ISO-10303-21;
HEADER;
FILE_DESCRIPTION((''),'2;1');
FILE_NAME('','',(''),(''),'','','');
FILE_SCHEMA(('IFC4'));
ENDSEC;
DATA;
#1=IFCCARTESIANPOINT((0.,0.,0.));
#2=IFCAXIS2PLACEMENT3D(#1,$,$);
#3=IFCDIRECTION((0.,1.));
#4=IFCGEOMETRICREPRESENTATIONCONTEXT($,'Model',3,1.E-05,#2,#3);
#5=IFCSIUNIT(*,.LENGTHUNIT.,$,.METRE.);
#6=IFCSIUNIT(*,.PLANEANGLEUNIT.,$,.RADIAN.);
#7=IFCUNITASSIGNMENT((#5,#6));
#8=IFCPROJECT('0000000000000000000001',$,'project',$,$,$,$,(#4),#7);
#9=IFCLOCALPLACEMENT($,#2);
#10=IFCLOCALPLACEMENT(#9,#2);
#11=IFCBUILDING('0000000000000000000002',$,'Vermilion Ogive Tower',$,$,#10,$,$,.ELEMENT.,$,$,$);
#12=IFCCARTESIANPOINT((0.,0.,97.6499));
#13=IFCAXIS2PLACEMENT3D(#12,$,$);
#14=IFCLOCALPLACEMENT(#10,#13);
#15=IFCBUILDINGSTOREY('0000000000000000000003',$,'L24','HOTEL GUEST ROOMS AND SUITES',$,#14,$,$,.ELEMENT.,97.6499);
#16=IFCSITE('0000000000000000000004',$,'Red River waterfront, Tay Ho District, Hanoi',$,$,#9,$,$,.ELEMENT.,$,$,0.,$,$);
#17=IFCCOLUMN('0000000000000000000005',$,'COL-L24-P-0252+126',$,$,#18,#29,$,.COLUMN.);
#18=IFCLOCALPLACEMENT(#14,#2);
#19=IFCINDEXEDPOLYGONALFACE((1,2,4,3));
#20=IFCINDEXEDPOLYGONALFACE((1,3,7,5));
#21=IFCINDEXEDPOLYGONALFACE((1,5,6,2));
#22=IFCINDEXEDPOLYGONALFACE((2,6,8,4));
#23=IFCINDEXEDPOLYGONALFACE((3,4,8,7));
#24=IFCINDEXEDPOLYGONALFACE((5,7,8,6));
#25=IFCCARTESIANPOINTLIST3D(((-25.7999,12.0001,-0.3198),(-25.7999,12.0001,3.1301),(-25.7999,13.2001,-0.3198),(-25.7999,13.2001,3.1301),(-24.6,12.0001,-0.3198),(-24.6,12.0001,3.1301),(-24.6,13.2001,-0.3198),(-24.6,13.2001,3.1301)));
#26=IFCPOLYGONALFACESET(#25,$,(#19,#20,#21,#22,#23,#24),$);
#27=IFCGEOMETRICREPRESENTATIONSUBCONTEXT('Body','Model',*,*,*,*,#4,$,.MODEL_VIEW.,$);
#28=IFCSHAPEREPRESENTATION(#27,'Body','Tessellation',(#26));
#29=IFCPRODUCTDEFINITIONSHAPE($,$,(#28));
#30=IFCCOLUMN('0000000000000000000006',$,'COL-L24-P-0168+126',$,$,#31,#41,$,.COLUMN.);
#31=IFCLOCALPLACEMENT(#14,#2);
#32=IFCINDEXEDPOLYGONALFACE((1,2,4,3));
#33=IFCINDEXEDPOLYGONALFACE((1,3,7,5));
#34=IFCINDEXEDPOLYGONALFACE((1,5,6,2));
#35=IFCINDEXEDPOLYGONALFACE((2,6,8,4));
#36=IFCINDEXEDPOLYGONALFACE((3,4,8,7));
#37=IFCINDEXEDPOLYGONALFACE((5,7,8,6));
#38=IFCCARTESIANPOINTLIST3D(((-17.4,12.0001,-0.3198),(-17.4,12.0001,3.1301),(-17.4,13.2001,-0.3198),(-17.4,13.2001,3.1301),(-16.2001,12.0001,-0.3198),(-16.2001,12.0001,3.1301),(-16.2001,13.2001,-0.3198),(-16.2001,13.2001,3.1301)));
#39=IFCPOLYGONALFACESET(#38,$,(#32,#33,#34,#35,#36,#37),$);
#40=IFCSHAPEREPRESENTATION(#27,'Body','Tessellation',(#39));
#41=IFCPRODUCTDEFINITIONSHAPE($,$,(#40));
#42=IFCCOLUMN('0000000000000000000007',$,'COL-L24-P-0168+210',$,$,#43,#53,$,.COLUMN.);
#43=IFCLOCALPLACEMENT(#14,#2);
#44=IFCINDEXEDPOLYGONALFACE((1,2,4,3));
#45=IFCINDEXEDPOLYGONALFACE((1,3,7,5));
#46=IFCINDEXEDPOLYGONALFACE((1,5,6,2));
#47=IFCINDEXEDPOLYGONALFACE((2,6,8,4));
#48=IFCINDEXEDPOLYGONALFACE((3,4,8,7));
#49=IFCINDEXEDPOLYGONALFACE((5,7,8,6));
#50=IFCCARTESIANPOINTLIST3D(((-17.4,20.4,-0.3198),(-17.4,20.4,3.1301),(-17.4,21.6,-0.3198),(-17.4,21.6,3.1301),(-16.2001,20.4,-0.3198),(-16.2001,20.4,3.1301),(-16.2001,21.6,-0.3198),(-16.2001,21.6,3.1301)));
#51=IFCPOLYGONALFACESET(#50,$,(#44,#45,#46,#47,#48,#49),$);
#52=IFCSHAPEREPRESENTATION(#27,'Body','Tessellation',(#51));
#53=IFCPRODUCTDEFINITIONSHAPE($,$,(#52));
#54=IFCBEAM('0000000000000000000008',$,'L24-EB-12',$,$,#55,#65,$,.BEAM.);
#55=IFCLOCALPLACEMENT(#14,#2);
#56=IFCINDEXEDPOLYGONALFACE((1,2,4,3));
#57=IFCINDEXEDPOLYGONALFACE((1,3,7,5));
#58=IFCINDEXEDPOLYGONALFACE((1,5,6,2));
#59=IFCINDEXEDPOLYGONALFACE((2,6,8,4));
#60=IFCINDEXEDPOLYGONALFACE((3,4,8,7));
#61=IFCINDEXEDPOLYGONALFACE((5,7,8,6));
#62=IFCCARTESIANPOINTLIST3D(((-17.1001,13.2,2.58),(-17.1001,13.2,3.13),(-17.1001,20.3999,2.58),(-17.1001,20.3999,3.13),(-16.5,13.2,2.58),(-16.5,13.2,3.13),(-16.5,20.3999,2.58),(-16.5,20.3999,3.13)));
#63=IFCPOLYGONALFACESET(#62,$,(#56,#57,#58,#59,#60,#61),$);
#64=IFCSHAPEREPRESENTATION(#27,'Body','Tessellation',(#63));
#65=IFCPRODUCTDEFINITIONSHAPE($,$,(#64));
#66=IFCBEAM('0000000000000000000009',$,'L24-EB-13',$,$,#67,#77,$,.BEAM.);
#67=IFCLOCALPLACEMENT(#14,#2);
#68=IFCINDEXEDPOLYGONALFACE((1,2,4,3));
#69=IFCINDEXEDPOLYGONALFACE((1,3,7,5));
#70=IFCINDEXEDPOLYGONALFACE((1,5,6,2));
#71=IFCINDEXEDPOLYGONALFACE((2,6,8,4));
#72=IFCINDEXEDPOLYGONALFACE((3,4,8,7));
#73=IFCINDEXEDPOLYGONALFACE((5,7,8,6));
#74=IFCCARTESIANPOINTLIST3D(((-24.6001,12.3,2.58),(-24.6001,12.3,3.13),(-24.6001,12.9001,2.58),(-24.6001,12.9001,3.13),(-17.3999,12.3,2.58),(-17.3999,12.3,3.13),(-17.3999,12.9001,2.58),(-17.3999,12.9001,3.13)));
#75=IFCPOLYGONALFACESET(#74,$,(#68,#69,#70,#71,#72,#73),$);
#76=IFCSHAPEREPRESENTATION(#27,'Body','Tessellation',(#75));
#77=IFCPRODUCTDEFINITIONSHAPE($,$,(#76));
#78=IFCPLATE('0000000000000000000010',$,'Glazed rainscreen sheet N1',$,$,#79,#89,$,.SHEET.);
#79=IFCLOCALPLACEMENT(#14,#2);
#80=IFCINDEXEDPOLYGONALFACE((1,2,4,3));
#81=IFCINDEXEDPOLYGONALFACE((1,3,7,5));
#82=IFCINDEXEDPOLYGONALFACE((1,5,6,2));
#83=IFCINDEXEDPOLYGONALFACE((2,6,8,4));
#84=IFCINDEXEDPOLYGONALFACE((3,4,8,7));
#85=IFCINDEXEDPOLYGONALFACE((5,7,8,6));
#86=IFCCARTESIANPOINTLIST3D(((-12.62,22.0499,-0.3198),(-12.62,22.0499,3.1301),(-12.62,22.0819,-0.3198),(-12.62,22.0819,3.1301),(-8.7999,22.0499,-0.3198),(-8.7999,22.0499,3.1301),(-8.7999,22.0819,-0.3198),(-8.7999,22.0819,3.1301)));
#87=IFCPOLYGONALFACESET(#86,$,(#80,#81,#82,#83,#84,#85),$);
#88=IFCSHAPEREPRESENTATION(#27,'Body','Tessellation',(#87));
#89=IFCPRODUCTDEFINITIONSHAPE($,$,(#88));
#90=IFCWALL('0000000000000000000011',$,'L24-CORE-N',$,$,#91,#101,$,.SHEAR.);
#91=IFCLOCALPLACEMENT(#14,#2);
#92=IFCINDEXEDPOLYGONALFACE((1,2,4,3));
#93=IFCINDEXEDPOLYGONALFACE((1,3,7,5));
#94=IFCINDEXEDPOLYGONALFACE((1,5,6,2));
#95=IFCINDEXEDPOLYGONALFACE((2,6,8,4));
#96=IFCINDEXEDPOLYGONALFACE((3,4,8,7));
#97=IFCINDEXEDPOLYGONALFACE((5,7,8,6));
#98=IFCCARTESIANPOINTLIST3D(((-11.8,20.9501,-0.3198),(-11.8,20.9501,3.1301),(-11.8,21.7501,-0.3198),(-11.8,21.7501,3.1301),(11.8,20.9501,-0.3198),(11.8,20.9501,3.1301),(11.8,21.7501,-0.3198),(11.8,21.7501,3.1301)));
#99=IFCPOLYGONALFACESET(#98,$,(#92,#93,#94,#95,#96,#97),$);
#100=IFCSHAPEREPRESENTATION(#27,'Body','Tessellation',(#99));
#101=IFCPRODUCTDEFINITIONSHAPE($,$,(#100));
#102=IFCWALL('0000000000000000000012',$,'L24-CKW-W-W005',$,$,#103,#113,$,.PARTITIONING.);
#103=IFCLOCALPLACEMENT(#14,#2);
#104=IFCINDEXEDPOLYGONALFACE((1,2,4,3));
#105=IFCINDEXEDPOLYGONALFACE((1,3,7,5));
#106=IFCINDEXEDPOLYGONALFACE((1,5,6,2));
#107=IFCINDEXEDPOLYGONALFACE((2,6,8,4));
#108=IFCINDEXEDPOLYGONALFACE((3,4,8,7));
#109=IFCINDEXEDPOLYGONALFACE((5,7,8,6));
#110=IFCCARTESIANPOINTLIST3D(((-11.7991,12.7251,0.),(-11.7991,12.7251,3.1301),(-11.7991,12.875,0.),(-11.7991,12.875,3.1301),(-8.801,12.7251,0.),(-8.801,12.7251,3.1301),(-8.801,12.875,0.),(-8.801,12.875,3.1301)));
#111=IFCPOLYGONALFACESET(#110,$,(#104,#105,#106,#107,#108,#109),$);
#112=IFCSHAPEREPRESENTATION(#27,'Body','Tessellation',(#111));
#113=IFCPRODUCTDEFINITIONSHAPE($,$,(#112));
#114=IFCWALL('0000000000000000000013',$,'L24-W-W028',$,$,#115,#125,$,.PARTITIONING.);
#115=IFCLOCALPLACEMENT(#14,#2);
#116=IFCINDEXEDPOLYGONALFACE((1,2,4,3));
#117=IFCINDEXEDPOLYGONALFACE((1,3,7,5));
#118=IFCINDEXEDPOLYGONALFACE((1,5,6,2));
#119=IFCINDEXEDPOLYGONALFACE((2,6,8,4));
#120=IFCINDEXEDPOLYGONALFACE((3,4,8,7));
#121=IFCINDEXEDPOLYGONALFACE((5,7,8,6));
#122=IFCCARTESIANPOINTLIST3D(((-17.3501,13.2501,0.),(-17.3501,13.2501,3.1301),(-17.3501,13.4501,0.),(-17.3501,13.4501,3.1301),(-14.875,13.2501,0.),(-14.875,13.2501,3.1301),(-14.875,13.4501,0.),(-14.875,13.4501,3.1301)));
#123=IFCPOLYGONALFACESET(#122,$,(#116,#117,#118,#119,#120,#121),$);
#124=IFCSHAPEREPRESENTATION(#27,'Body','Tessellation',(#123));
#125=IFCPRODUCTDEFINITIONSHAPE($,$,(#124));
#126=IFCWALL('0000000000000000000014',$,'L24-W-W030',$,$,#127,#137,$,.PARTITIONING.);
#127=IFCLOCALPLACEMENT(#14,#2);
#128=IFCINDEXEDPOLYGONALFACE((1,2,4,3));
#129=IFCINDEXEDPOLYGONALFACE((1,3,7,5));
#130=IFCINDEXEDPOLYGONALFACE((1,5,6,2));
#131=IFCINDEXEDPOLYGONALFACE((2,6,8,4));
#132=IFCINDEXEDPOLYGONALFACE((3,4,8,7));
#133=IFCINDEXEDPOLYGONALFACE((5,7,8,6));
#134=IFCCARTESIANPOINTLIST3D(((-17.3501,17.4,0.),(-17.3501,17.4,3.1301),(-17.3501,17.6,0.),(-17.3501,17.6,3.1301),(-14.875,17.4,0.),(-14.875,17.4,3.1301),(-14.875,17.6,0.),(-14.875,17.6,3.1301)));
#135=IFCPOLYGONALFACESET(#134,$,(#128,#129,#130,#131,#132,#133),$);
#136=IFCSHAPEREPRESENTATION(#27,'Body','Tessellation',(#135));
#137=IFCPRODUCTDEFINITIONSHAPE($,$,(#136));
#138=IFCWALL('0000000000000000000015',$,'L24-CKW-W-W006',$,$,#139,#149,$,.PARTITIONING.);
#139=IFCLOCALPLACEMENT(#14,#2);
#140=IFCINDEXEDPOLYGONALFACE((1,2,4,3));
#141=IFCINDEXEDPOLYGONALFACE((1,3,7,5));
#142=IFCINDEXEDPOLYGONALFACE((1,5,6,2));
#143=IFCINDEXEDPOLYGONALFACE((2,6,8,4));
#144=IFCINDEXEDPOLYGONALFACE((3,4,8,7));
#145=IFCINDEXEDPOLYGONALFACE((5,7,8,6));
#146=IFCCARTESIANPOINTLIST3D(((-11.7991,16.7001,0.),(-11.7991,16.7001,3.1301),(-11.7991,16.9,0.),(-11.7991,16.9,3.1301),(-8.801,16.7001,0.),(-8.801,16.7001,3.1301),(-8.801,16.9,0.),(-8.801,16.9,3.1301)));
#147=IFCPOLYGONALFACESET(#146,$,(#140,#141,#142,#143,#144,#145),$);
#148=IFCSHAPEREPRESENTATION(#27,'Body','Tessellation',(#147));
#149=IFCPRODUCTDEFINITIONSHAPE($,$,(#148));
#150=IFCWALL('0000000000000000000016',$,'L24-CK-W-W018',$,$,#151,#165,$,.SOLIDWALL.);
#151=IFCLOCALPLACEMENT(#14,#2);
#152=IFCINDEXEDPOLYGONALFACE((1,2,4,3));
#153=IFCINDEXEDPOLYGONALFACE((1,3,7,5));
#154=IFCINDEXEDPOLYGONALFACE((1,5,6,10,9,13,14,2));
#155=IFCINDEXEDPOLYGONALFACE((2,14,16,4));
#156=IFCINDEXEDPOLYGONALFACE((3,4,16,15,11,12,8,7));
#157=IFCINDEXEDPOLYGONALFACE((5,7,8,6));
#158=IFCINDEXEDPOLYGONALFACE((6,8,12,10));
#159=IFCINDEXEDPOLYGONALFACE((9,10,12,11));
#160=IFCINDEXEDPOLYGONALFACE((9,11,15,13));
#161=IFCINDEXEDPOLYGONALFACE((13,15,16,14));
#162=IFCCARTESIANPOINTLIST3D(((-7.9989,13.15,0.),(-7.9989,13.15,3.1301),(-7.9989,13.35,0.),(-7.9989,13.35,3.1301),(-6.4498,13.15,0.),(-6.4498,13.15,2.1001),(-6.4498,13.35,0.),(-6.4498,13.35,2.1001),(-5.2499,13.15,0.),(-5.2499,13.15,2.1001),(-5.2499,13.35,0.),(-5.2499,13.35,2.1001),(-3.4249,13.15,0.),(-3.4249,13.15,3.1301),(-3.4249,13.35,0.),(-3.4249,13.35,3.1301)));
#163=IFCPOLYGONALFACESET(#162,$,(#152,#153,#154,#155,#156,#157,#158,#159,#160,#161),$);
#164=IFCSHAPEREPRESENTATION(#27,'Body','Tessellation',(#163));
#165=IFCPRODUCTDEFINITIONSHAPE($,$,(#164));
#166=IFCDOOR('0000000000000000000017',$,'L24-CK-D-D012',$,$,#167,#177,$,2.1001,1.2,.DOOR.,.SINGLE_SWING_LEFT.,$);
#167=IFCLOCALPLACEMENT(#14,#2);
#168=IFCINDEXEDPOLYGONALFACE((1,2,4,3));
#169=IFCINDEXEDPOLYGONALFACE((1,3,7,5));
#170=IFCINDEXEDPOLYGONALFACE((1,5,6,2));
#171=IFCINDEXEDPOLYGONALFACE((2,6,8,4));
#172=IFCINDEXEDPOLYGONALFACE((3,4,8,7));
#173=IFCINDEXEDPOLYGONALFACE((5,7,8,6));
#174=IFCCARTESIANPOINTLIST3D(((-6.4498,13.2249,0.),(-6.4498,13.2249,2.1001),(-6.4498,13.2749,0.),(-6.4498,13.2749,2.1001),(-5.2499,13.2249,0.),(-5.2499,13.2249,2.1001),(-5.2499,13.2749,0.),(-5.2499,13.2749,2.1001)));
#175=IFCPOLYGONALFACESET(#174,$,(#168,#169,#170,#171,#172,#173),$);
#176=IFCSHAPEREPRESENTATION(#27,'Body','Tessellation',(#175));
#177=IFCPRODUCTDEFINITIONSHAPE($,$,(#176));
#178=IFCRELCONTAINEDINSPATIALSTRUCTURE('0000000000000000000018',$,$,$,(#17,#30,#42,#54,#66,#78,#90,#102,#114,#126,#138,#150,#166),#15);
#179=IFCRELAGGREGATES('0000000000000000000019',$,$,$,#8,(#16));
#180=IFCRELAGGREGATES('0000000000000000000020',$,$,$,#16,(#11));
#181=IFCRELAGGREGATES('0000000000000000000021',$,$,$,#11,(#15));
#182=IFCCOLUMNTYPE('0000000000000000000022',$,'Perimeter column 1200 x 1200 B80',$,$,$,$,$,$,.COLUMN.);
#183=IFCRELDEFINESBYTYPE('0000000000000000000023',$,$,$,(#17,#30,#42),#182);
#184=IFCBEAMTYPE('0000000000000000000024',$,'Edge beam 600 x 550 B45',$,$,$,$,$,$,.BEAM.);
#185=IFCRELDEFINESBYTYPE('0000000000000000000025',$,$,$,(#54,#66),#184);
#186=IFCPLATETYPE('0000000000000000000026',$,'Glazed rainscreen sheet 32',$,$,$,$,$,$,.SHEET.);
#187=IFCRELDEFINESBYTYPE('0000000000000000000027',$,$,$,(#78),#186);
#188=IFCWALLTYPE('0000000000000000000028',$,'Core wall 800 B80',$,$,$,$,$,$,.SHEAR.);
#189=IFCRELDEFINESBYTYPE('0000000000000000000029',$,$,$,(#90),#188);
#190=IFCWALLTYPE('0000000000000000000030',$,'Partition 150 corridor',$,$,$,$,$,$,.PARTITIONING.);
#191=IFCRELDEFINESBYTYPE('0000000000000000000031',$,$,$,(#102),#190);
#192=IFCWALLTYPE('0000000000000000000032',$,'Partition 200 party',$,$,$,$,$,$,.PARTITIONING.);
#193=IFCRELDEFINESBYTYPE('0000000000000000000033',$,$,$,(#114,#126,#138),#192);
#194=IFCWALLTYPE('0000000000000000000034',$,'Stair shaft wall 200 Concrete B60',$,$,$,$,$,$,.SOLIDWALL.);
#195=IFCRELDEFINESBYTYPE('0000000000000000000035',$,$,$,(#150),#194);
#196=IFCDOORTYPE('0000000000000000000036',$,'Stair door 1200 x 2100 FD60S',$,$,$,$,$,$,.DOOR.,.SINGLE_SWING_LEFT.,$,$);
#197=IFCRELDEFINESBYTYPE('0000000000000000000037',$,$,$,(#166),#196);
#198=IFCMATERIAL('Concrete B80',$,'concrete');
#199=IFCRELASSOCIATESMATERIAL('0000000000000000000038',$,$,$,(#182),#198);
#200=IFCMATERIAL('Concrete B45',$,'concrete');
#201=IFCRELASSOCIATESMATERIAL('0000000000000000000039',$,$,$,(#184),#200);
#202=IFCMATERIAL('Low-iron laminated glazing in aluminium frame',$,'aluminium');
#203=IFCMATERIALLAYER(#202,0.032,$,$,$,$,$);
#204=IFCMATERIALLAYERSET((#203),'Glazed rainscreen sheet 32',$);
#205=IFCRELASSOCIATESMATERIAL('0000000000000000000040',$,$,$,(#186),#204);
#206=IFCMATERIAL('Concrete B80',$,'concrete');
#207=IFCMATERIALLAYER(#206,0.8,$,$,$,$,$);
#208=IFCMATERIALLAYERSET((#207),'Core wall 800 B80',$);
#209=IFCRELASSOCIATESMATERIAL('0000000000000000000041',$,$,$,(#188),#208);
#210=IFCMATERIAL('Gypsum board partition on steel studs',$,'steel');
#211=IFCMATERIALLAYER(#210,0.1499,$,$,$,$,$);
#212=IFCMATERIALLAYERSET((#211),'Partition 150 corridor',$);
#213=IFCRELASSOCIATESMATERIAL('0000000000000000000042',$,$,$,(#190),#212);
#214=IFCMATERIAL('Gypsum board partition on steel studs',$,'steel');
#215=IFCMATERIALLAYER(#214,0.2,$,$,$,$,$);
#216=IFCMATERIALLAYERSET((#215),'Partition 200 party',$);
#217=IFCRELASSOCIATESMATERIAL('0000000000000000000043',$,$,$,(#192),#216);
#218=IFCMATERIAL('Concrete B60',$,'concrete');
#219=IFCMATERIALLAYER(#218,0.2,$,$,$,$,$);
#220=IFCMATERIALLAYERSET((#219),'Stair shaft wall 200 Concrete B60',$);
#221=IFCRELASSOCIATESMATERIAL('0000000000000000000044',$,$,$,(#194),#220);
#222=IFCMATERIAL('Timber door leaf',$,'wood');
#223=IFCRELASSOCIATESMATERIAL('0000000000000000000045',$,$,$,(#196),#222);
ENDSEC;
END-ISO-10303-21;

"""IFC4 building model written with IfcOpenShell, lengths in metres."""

from ifc_helpers import new_model, si_unit, direction, frame, frame_2d, origin, origin_2d, place, context, subcontext, project, spatial, rectangle, extrude, material, layer, layer_set, material_profile, profile_set, type_object, element, fill, save


model = new_model("IFC4")

# Units and contexts
model_context = context("Model", 3, precision=1e-05, world=origin(), true_north=direction((0.0, 1.0)))
body_context = subcontext(model_context, "Body", "Model", "MODEL_VIEW")
ifc_project = project(units=[si_unit("LENGTHUNIT", "METRE"), si_unit("PLANEANGLEUNIT", "RADIAN")], contexts=[model_context])

# Site, building, storey
site_placement = place(None, origin())
site = spatial("IfcSite", under=ifc_project, at=site_placement, Name="Red River waterfront, Tay Ho District, Hanoi", CompositionType="ELEMENT", RefElevation=0.0)
building_placement = place(site_placement, origin())
building = spatial("IfcBuilding", under=site, at=building_placement, Name="Vermilion Ogive Tower", CompositionType="ELEMENT")
storey_placement = place(building_placement, frame((0.0, 0.0, 97.6499)))
storey = spatial("IfcBuildingStorey", under=building, at=storey_placement, Name="L24", Description="HOTEL GUEST ROOMS AND SUITES", CompositionType="ELEMENT", Elevation=97.6499)

# Columns
ifc_material_1 = material(Name="Concrete B80", Category="concrete")
ifc_material_profile_1 = material_profile(ifc_material_1, rectangle(XDim=1.2, YDim=1.2, at=origin_2d()), Name="1200 x 1200")
ifc_profile_set_1 = profile_set([ifc_material_profile_1], Name="Concrete B80")
column_type = type_object("IfcColumnType", Name="Perimeter column 1200 x 1200 B80", PredefinedType="COLUMN", material=ifc_profile_set_1)
for number, where, z_axis, x_axis, name in (
    (1, (-25.2, 12.6001, -0.3198), (0.0, 0.0, 1.0), (1.0, 0.0, 0.0), "COL-L24-P-0252+126"),
    (2, (-16.8, 12.6001, -0.3198), (0.0, 0.0, 1.0), (1.0, 0.0, 0.0), "COL-L24-P-0168+126"),
    (3, (-16.8, 21.0, -0.3198), (0.0, 0.0, 1.0), (1.0, 0.0, 0.0), "COL-L24-P-0168+210"),
):
    element("IfcColumn", number, at=place(storey_placement, frame(where, z_axis=z_axis, x_axis=x_axis)), inside=storey, type_object=column_type, Name=name, PredefinedType="COLUMN", context=body_context, shape_type="SweptSolid", body=[
        extrude(rectangle(XDim=1.2, YDim=1.2, at=origin_2d()), origin(), (0.0, 0.0, 1.0), 3.45),
    ])

# Beams
ifc_material_2 = material(Name="Concrete B45", Category="concrete")
ifc_material_profile_2 = material_profile(ifc_material_2, rectangle(XDim=0.6001, YDim=0.55, at=origin_2d()), Name="600 x 550")
ifc_profile_set_2 = profile_set([ifc_material_profile_2], Name="Concrete B45")
beam_type = type_object("IfcBeamType", Name="Edge beam 600 x 550 B45", PredefinedType="BEAM", material=ifc_profile_set_2)
beam_1_placement = place(storey_placement, frame((-16.8, 20.3999, 2.855), z_axis=(0.0, -1.0, 0.0), x_axis=(1.0, 0.0, 0.0)))
element("IfcBeam", 4, at=beam_1_placement, inside=storey, type_object=beam_type, Name="L24-EB-12", PredefinedType="BEAM", context=body_context, shape_type="SweptSolid", body=[
    extrude(rectangle(XDim=0.6001, YDim=0.55, at=origin_2d()), origin(), (0.0, 0.0, 1.0), 7.2),
])
beam_2_placement = place(storey_placement, frame((-17.3999, 12.6001, 2.855), z_axis=(-1.0, 0.0, 0.0), x_axis=(0.0, -1.0, 0.0)))
element("IfcBeam", 5, at=beam_2_placement, inside=storey, type_object=beam_type, Name="L24-EB-13", PredefinedType="BEAM", context=body_context, shape_type="SweptSolid", body=[
    extrude(rectangle(XDim=0.6001, YDim=0.55, at=origin_2d()), origin(), (0.0, 0.0, 1.0), 7.2002),
])

# Plate
ifc_material_3 = material(Name="Low-iron laminated glazing in aluminium frame", Category="aluminium")
ifc_layer_1 = layer(ifc_material_3, 0.032)
ifc_layer_set_1 = layer_set([ifc_layer_1], Name="Glazed rainscreen sheet 32")
plate_type = type_object("IfcPlateType", Name="Glazed rainscreen sheet 32", PredefinedType="SHEET", material=ifc_layer_set_1)
plate_placement = place(storey_placement, frame((-10.71, 22.0659, -0.3198), z_axis=(0.0, 0.0, 1.0), x_axis=(1.0, 0.0, 0.0)))
element("IfcPlate", 6, at=plate_placement, inside=storey, type_object=plate_type, Name="Glazed rainscreen sheet N1", PredefinedType="SHEET", context=body_context, shape_type="SweptSolid", body=[
    extrude(rectangle(XDim=3.8201, YDim=0.032, at=origin_2d()), origin(), (0.0, 0.0, 1.0), 3.45),
])

# Walls
ifc_material_4 = material(Name="Concrete B80", Category="concrete")
ifc_layer_2 = layer(ifc_material_4, 0.8)
ifc_layer_set_2 = layer_set([ifc_layer_2], Name="Core wall 800 B80")
wall_type_1 = type_object("IfcWallType", Name="Core wall 800 B80", PredefinedType="SHEAR", material=ifc_layer_set_2)
wall_1_placement = place(storey_placement, frame((-11.8, 21.3501, -0.3198), z_axis=(0.0, 0.0, 1.0), x_axis=(1.0, 0.0, 0.0)))
element("IfcWall", 7, at=wall_1_placement, inside=storey, type_object=wall_type_1, Name="L24-CORE-N", PredefinedType="SHEAR", context=body_context, shape_type="SweptSolid", body=[
    extrude(rectangle(XDim=23.6001, YDim=0.8, at=frame_2d((11.8, 0.0))), origin(), (0.0, 0.0, 1.0), 3.45),
])
ifc_material_5 = material(Name="Gypsum board partition on steel studs", Category="steel")
ifc_layer_3 = layer(ifc_material_5, 0.1499)
ifc_layer_set_3 = layer_set([ifc_layer_3], Name="Partition 150 corridor")
wall_type_2 = type_object("IfcWallType", Name="Partition 150 corridor", PredefinedType="PARTITIONING", material=ifc_layer_set_3)
wall_2_placement = place(storey_placement, frame((-11.7991, 12.8, 0.0), z_axis=(0.0, 0.0, 1.0), x_axis=(1.0, 0.0, 0.0)))
element("IfcWall", 8, at=wall_2_placement, inside=storey, type_object=wall_type_2, Name="L24-CKW-W-W005", PredefinedType="PARTITIONING", context=body_context, shape_type="SweptSolid", body=[
    extrude(rectangle(XDim=2.998, YDim=0.1499, at=frame_2d((1.499, 0.0))), origin(), (0.0, 0.0, 1.0), 3.1301),
])
ifc_material_6 = material(Name="Gypsum board partition on steel studs", Category="steel")
ifc_layer_4 = layer(ifc_material_6, 0.2)
ifc_layer_set_4 = layer_set([ifc_layer_4], Name="Partition 200 party")
wall_type_3 = type_object("IfcWallType", Name="Partition 200 party", PredefinedType="PARTITIONING", material=ifc_layer_set_4)
for number, where, z_axis, x_axis, name in (
    (9, (-17.3501, 13.3501, 0.0), (0.0, 0.0, 1.0), (1.0, 0.0, 0.0), "L24-W-W028"),
    (10, (-17.3501, 17.5, 0.0), (0.0, 0.0, 1.0), (1.0, 0.0, 0.0), "L24-W-W030"),
):
    element("IfcWall", number, at=place(storey_placement, frame(where, z_axis=z_axis, x_axis=x_axis)), inside=storey, type_object=wall_type_3, Name=name, PredefinedType="PARTITIONING", context=body_context, shape_type="SweptSolid", body=[
        extrude(rectangle(XDim=2.4751, YDim=0.2, at=frame_2d((1.2375, 0.0))), origin(), (0.0, 0.0, 1.0), 3.1301),
    ])
wall_3_placement = place(storey_placement, frame((-11.7991, 16.8, 0.0), z_axis=(0.0, 0.0, 1.0), x_axis=(1.0, 0.0, 0.0)))
element("IfcWall", 11, at=wall_3_placement, inside=storey, type_object=wall_type_3, Name="L24-CKW-W-W006", PredefinedType="PARTITIONING", context=body_context, shape_type="SweptSolid", body=[
    extrude(rectangle(XDim=2.998, YDim=0.2, at=frame_2d((1.499, 0.0))), origin(), (0.0, 0.0, 1.0), 3.1301),
])

# Wall, opening, door
ifc_material_7 = material(Name="Concrete B60", Category="concrete")
ifc_layer_5 = layer(ifc_material_7, 0.2)
ifc_layer_set_5 = layer_set([ifc_layer_5], Name="Stair shaft wall 200 Concrete B60")
wall_type_4 = type_object("IfcWallType", Name="Stair shaft wall 200 Concrete B60", PredefinedType="SOLIDWALL", material=ifc_layer_set_5)
wall_4_placement = place(storey_placement, frame((-7.999, 13.25, 0.0), z_axis=(0.0, 0.0, 1.0), x_axis=(1.0, 0.0, 0.0)))
wall_4 = element("IfcWall", 12, at=wall_4_placement, inside=storey, type_object=wall_type_4, Name="L24-CK-W-W018", PredefinedType="SOLIDWALL", context=body_context, shape_type="SweptSolid", body=[
    extrude(rectangle(XDim=4.574, YDim=0.2, at=frame_2d((2.2871, 0.0))), origin(), (0.0, 0.0, 1.0), 3.1301),
])
opening_1_placement = place(wall_4_placement, frame((1.5491, 0.0, 0.0)))
opening_1 = element("IfcOpeningElement", 13, at=opening_1_placement, cuts=wall_4, PredefinedType="OPENING", context=body_context, shape_type="SweptSolid", body=[
    extrude(rectangle(XDim=1.2, YDim=2.1001, at=frame_2d((0.6001, 1.05))), frame((0.0, 0.1099, 0.0), z_axis=(0.0, -1.0, 0.0), x_axis=(1.0, 0.0, 0.0)), (0.0, 0.0, 1.0), 0.22),
])
ifc_material_8 = material(Name="Timber door leaf", Category="wood")
door_type_1 = type_object("IfcDoorType", Name="Stair door 1200 x 2100 FD60S", OperationType="SINGLE_SWING_LEFT", PredefinedType="DOOR", material=ifc_material_8)
door_1_placement = place(opening_1_placement, origin())
door_1 = element("IfcDoor", 14, at=door_1_placement, inside=storey, type_object=door_type_1, Name="L24-CK-D-D012", OperationType="SINGLE_SWING_LEFT", OverallHeight=2.1001, OverallWidth=1.2, PredefinedType="DOOR", context=body_context, shape_type="SweptSolid", body=[
    extrude(rectangle(XDim=1.2, YDim=2.1001, at=frame_2d((0.6001, 1.05))), frame((0.0, 0.0249, 0.0), z_axis=(0.0, -1.0, 0.0), x_axis=(1.0, 0.0, 0.0)), (0.0, 0.0, 1.0), 0.05),
])
fill(opening_1, door_1)

save(model, "model.ifc")
